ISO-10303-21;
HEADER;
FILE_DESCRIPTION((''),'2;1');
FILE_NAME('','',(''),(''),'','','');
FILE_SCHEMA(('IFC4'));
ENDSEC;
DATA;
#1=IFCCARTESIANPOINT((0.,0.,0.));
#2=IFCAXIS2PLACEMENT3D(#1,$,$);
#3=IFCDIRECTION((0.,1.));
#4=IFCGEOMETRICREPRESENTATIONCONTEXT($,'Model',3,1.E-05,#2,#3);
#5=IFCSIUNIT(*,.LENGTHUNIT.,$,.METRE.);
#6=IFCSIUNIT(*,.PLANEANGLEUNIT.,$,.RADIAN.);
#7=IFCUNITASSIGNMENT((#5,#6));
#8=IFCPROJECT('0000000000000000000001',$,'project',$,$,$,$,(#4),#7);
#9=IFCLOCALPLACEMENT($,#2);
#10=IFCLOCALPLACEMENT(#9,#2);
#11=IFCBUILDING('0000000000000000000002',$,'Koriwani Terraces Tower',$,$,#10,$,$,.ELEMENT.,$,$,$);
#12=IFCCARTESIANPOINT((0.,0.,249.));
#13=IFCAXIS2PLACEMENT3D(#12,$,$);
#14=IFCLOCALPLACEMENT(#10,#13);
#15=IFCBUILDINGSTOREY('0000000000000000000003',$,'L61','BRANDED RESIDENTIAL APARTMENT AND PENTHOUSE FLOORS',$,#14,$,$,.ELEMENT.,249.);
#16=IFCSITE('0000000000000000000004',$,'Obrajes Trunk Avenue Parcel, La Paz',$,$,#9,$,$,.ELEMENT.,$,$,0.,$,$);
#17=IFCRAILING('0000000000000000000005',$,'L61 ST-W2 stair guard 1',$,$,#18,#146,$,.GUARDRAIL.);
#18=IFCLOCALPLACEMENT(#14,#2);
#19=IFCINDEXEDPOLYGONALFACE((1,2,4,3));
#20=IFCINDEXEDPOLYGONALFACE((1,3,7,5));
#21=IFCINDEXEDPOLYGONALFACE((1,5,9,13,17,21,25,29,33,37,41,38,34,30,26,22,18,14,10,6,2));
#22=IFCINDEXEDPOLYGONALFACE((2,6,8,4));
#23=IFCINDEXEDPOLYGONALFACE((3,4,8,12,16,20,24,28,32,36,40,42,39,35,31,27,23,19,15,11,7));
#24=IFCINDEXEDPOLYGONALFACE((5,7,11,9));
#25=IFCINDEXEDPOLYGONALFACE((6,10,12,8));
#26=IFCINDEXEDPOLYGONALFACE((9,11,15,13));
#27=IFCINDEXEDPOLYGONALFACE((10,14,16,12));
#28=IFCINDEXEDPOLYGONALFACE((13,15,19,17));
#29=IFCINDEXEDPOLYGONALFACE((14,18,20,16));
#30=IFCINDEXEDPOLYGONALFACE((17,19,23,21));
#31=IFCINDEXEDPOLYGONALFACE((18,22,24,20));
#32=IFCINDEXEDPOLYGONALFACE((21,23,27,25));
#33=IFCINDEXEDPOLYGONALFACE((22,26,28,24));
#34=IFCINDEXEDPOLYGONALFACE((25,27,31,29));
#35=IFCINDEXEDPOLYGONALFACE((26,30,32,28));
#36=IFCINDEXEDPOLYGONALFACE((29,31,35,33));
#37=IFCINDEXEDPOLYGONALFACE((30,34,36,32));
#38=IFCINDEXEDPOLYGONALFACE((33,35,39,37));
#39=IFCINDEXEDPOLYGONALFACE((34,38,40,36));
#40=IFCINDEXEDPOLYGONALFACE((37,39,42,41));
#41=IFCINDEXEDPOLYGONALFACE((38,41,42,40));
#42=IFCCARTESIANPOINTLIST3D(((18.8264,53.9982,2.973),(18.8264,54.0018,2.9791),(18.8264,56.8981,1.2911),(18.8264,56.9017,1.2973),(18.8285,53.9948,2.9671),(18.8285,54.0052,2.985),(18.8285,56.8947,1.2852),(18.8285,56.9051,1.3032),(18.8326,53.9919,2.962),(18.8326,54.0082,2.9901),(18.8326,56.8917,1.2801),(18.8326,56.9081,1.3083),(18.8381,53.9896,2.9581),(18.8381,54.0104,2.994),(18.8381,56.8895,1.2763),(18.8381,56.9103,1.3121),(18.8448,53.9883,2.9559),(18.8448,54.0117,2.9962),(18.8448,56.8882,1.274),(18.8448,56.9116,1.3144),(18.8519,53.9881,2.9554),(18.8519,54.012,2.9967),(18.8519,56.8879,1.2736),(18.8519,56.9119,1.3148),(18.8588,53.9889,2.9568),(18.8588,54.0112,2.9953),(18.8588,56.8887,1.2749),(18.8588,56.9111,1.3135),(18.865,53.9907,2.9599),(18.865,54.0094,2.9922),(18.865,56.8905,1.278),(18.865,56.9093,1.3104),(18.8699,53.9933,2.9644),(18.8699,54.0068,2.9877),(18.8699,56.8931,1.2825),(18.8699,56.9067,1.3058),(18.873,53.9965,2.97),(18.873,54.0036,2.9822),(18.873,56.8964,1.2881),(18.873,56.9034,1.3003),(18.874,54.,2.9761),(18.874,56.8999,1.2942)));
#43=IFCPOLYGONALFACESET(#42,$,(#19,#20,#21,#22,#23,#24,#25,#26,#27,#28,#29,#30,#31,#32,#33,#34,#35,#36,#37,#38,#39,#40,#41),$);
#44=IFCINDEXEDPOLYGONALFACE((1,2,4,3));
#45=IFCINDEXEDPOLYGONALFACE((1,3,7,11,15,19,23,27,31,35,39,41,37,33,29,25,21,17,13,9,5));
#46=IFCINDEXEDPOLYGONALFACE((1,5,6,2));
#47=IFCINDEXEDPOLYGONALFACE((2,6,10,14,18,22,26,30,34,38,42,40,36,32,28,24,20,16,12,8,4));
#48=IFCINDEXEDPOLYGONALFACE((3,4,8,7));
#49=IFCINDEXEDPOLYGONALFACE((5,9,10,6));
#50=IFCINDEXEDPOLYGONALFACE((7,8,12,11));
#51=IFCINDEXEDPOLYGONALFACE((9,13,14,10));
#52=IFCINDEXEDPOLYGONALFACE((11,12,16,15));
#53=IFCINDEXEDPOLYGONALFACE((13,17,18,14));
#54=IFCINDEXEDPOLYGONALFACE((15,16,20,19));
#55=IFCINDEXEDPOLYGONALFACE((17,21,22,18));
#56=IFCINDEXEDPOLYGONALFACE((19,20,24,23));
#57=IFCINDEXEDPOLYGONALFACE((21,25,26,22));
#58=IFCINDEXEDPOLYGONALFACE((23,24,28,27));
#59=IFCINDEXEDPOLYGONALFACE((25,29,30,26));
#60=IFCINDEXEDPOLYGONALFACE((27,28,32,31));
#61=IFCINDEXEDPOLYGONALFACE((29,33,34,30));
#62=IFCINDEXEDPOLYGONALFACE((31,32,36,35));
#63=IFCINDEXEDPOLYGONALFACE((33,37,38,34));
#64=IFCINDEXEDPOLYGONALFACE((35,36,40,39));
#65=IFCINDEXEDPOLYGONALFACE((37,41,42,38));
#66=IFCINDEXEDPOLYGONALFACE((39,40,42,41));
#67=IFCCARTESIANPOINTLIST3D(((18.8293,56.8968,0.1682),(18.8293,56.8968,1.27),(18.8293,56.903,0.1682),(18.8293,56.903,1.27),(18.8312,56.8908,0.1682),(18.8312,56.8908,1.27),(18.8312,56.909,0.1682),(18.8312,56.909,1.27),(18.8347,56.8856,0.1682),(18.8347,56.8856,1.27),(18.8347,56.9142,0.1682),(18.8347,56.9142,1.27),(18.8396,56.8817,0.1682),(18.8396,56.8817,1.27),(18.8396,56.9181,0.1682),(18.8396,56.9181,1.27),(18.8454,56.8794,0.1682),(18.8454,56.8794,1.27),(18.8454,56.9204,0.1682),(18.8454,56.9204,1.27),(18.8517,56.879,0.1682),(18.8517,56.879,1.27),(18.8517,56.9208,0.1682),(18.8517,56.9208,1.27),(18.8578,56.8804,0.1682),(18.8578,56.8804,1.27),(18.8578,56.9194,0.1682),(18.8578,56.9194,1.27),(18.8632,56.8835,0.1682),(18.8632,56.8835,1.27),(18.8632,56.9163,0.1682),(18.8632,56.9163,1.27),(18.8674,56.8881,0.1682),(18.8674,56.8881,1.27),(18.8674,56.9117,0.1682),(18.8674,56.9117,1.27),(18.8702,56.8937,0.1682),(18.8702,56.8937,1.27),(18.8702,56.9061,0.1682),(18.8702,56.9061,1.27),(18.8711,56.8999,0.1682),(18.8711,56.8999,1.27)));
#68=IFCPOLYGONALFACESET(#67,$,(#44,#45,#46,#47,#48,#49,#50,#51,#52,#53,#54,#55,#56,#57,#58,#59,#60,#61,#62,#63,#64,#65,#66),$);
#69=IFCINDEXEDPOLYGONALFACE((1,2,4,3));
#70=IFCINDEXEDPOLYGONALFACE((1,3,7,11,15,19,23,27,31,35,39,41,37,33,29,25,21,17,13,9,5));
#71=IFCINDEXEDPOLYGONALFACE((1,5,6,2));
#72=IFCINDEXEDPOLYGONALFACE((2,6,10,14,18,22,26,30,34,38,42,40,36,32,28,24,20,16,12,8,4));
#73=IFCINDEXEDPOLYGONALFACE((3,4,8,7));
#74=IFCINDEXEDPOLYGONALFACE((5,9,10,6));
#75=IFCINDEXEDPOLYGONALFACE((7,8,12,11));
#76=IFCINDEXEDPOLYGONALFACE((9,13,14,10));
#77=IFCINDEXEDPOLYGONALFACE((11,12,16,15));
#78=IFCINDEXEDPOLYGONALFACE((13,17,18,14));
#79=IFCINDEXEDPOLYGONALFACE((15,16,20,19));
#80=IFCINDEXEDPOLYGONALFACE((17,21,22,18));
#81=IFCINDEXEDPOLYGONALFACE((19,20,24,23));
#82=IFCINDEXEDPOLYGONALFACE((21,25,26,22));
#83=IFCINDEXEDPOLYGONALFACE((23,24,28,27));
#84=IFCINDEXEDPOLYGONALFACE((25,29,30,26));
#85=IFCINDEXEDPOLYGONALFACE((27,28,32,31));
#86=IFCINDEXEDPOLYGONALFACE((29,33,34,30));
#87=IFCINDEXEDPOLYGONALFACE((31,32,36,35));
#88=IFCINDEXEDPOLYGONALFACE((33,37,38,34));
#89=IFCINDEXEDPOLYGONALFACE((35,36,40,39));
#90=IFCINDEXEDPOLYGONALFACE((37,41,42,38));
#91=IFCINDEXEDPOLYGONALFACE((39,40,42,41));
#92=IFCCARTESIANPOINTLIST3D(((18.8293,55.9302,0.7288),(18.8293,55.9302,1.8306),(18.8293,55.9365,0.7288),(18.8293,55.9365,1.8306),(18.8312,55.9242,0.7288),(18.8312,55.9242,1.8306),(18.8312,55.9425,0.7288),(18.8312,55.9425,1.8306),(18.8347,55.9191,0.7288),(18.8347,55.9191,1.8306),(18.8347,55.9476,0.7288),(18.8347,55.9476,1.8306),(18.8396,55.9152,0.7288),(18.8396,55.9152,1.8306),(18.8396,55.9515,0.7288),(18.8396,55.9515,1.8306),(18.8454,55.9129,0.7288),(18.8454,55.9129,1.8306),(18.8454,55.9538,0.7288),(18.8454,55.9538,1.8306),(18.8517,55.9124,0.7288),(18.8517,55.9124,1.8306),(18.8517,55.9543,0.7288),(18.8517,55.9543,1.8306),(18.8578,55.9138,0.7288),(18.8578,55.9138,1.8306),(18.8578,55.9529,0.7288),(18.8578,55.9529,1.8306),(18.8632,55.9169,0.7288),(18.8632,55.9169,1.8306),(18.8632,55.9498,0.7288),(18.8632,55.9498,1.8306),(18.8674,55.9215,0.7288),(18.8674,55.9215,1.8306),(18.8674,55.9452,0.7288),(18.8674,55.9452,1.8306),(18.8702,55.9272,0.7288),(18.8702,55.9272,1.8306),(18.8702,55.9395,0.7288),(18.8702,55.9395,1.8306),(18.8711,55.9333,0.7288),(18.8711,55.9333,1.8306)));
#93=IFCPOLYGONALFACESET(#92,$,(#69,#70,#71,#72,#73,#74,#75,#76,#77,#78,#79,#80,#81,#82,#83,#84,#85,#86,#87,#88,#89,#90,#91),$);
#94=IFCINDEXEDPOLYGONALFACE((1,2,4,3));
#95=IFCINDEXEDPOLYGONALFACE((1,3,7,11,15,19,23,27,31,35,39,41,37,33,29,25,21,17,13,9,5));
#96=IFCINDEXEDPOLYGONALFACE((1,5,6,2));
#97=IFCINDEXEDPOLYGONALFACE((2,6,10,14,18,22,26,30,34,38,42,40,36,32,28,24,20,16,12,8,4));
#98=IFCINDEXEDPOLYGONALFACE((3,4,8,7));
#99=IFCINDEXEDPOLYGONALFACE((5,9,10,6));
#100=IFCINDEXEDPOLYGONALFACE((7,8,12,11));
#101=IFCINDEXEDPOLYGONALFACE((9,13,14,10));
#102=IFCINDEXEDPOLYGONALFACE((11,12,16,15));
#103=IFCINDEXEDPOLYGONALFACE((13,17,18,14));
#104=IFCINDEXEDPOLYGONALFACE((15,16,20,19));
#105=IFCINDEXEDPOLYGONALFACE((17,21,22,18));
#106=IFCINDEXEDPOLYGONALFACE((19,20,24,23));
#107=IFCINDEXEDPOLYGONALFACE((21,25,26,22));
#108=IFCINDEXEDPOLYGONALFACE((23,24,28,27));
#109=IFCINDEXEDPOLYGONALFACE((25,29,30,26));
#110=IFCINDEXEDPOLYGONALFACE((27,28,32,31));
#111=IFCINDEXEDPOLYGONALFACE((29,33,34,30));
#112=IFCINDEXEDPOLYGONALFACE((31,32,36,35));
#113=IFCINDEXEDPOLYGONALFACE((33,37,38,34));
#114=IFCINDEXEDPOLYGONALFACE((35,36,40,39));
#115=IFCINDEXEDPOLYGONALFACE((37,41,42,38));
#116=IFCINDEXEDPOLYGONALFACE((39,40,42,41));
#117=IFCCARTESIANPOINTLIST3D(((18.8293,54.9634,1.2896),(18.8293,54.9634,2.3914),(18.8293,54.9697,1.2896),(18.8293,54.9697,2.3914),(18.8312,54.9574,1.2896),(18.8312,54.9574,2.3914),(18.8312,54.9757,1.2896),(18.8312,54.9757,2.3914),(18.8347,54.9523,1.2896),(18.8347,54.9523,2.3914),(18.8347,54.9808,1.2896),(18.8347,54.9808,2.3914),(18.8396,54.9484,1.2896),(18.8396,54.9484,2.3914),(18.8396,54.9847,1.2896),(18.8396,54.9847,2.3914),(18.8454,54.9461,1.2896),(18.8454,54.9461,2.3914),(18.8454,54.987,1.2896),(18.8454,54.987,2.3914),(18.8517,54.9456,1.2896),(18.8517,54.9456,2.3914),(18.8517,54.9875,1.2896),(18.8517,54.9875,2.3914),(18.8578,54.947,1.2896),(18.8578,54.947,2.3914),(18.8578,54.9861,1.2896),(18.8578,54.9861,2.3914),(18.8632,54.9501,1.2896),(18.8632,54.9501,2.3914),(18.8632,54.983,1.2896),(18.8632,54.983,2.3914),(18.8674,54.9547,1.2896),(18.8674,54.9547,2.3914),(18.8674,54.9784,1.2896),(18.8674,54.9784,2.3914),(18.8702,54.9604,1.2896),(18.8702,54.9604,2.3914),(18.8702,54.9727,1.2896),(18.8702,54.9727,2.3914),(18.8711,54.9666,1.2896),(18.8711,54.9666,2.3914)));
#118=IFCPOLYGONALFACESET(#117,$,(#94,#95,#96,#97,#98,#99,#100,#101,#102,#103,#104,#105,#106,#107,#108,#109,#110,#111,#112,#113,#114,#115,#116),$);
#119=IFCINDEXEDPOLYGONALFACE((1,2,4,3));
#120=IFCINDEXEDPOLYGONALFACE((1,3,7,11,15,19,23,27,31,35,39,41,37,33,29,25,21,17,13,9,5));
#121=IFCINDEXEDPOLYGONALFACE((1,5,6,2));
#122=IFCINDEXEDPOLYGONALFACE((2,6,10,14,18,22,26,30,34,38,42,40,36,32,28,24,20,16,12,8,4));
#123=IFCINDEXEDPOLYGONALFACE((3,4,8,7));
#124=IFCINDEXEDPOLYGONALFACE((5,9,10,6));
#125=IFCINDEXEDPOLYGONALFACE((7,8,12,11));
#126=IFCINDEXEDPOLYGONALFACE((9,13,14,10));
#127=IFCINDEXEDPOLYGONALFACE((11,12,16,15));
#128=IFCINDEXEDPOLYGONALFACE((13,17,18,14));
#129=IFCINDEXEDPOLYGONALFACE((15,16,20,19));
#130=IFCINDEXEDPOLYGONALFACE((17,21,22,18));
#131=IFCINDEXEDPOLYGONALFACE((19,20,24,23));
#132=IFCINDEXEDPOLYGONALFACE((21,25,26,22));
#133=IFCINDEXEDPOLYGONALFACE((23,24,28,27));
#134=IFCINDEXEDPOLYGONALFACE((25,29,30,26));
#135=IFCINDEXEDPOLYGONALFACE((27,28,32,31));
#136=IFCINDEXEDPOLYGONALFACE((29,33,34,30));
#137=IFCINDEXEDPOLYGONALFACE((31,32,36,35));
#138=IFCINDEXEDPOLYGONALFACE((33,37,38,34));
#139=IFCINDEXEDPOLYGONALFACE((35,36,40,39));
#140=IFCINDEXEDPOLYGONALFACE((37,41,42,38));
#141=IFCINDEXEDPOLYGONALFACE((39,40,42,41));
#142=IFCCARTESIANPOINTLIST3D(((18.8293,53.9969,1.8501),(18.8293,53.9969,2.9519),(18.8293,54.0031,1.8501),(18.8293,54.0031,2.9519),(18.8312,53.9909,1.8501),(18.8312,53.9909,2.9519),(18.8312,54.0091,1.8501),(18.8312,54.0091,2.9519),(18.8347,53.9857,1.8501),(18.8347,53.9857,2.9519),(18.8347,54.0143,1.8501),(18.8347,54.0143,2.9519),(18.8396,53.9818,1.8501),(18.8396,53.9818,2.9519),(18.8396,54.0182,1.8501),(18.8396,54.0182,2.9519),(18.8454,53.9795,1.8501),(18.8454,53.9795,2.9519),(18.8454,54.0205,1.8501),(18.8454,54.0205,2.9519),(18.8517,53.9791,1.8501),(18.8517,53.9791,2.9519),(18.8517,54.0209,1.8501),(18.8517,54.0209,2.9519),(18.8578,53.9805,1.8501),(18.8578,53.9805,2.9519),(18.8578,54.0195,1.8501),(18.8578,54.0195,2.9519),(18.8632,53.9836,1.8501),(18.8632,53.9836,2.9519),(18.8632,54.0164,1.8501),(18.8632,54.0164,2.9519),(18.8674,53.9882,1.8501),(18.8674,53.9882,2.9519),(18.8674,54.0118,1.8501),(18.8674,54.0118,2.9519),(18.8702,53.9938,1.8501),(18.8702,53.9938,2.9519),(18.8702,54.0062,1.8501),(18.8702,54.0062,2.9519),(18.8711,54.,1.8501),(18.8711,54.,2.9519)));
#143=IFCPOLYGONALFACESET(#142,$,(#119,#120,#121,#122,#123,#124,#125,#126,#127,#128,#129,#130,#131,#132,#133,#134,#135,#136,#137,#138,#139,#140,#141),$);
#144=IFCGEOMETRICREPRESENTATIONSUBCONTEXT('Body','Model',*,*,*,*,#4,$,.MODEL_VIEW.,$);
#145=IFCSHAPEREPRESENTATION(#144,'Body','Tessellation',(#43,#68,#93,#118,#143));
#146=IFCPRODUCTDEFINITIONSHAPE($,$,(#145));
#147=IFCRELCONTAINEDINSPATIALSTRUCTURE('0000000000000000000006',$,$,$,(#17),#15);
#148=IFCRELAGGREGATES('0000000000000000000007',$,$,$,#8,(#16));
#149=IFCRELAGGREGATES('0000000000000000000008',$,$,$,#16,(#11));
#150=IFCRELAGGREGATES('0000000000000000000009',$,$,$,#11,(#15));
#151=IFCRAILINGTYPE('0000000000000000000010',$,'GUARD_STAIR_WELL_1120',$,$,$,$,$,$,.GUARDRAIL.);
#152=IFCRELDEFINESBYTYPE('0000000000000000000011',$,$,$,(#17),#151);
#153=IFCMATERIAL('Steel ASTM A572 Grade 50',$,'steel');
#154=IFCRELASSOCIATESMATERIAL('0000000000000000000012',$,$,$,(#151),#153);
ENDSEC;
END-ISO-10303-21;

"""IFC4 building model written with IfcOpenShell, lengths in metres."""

from ifc_helpers import new_model, si_unit, direction, frame, origin, origin_2d, place, context, subcontext, project, spatial, circle, extrude, material, type_object, element, save


model = new_model("IFC4")

# Units and contexts
model_context = context("Model", 3, precision=1e-05, world=origin(), true_north=direction((0.0, 1.0)))
body_context = subcontext(model_context, "Body", "Model", "MODEL_VIEW")
ifc_project = project(units=[si_unit("LENGTHUNIT", "METRE"), si_unit("PLANEANGLEUNIT", "RADIAN")], contexts=[model_context])

# Site, building, storey
site_placement = place(None, origin())
site = spatial("IfcSite", under=ifc_project, at=site_placement, Name="Obrajes Trunk Avenue Parcel, La Paz", CompositionType="ELEMENT", RefElevation=0.0)
building_placement = place(site_placement, origin())
building = spatial("IfcBuilding", under=site, at=building_placement, Name="Koriwani Terraces Tower", CompositionType="ELEMENT")
storey_placement = place(building_placement, frame((0.0, 0.0, 249.0)))
storey = spatial("IfcBuildingStorey", under=building, at=storey_placement, Name="L61", Description="BRANDED RESIDENTIAL APARTMENT AND PENTHOUSE FLOORS", CompositionType="ELEMENT", Elevation=249.0)

# Shared definitions
ifc_material_1 = material(Name="Steel ASTM A572 Grade 50", Category="steel")

# Railing
railing_type_1 = type_object("IfcRailingType", Name="GUARD_STAIR_WELL_1120", PredefinedType="GUARDRAIL", material=ifc_material_1)
railing_1_placement = place(storey_placement, frame((18.8501, 56.8999, 0.1682)))
element("IfcRailing", 1, at=railing_1_placement, inside=storey, type_object=railing_type_1, Name="L61 ST-W2 stair guard 1", PredefinedType="GUARDRAIL", context=body_context, shape_type="SweptSolid", body=[
    extrude(circle(Radius=0.0239, at=origin_2d()), frame((0.0, 0.0, 1.126), z_axis=(0.0, -0.865039, 0.501705), x_axis=(1.0, 0.0, 0.0)), (0.0, 0.0, 1.0), 3.3523),
    extrude(circle(Radius=0.021, at=origin_2d()), origin(), (0.0, 0.0, 1.0), 1.1018),
    extrude(circle(Radius=0.021, at=origin_2d()), frame((0.0, -0.9666, 0.5605)), (0.0, 0.0, 1.0), 1.1018),
    extrude(circle(Radius=0.021, at=origin_2d()), frame((0.0, -1.9333, 1.1213)), (0.0, 0.0, 1.0), 1.1018),
    extrude(circle(Radius=0.021, at=origin_2d()), frame((0.0, -2.8999, 1.6819)), (0.0, 0.0, 1.0), 1.1018),
])

save(model, "model.ifc")
